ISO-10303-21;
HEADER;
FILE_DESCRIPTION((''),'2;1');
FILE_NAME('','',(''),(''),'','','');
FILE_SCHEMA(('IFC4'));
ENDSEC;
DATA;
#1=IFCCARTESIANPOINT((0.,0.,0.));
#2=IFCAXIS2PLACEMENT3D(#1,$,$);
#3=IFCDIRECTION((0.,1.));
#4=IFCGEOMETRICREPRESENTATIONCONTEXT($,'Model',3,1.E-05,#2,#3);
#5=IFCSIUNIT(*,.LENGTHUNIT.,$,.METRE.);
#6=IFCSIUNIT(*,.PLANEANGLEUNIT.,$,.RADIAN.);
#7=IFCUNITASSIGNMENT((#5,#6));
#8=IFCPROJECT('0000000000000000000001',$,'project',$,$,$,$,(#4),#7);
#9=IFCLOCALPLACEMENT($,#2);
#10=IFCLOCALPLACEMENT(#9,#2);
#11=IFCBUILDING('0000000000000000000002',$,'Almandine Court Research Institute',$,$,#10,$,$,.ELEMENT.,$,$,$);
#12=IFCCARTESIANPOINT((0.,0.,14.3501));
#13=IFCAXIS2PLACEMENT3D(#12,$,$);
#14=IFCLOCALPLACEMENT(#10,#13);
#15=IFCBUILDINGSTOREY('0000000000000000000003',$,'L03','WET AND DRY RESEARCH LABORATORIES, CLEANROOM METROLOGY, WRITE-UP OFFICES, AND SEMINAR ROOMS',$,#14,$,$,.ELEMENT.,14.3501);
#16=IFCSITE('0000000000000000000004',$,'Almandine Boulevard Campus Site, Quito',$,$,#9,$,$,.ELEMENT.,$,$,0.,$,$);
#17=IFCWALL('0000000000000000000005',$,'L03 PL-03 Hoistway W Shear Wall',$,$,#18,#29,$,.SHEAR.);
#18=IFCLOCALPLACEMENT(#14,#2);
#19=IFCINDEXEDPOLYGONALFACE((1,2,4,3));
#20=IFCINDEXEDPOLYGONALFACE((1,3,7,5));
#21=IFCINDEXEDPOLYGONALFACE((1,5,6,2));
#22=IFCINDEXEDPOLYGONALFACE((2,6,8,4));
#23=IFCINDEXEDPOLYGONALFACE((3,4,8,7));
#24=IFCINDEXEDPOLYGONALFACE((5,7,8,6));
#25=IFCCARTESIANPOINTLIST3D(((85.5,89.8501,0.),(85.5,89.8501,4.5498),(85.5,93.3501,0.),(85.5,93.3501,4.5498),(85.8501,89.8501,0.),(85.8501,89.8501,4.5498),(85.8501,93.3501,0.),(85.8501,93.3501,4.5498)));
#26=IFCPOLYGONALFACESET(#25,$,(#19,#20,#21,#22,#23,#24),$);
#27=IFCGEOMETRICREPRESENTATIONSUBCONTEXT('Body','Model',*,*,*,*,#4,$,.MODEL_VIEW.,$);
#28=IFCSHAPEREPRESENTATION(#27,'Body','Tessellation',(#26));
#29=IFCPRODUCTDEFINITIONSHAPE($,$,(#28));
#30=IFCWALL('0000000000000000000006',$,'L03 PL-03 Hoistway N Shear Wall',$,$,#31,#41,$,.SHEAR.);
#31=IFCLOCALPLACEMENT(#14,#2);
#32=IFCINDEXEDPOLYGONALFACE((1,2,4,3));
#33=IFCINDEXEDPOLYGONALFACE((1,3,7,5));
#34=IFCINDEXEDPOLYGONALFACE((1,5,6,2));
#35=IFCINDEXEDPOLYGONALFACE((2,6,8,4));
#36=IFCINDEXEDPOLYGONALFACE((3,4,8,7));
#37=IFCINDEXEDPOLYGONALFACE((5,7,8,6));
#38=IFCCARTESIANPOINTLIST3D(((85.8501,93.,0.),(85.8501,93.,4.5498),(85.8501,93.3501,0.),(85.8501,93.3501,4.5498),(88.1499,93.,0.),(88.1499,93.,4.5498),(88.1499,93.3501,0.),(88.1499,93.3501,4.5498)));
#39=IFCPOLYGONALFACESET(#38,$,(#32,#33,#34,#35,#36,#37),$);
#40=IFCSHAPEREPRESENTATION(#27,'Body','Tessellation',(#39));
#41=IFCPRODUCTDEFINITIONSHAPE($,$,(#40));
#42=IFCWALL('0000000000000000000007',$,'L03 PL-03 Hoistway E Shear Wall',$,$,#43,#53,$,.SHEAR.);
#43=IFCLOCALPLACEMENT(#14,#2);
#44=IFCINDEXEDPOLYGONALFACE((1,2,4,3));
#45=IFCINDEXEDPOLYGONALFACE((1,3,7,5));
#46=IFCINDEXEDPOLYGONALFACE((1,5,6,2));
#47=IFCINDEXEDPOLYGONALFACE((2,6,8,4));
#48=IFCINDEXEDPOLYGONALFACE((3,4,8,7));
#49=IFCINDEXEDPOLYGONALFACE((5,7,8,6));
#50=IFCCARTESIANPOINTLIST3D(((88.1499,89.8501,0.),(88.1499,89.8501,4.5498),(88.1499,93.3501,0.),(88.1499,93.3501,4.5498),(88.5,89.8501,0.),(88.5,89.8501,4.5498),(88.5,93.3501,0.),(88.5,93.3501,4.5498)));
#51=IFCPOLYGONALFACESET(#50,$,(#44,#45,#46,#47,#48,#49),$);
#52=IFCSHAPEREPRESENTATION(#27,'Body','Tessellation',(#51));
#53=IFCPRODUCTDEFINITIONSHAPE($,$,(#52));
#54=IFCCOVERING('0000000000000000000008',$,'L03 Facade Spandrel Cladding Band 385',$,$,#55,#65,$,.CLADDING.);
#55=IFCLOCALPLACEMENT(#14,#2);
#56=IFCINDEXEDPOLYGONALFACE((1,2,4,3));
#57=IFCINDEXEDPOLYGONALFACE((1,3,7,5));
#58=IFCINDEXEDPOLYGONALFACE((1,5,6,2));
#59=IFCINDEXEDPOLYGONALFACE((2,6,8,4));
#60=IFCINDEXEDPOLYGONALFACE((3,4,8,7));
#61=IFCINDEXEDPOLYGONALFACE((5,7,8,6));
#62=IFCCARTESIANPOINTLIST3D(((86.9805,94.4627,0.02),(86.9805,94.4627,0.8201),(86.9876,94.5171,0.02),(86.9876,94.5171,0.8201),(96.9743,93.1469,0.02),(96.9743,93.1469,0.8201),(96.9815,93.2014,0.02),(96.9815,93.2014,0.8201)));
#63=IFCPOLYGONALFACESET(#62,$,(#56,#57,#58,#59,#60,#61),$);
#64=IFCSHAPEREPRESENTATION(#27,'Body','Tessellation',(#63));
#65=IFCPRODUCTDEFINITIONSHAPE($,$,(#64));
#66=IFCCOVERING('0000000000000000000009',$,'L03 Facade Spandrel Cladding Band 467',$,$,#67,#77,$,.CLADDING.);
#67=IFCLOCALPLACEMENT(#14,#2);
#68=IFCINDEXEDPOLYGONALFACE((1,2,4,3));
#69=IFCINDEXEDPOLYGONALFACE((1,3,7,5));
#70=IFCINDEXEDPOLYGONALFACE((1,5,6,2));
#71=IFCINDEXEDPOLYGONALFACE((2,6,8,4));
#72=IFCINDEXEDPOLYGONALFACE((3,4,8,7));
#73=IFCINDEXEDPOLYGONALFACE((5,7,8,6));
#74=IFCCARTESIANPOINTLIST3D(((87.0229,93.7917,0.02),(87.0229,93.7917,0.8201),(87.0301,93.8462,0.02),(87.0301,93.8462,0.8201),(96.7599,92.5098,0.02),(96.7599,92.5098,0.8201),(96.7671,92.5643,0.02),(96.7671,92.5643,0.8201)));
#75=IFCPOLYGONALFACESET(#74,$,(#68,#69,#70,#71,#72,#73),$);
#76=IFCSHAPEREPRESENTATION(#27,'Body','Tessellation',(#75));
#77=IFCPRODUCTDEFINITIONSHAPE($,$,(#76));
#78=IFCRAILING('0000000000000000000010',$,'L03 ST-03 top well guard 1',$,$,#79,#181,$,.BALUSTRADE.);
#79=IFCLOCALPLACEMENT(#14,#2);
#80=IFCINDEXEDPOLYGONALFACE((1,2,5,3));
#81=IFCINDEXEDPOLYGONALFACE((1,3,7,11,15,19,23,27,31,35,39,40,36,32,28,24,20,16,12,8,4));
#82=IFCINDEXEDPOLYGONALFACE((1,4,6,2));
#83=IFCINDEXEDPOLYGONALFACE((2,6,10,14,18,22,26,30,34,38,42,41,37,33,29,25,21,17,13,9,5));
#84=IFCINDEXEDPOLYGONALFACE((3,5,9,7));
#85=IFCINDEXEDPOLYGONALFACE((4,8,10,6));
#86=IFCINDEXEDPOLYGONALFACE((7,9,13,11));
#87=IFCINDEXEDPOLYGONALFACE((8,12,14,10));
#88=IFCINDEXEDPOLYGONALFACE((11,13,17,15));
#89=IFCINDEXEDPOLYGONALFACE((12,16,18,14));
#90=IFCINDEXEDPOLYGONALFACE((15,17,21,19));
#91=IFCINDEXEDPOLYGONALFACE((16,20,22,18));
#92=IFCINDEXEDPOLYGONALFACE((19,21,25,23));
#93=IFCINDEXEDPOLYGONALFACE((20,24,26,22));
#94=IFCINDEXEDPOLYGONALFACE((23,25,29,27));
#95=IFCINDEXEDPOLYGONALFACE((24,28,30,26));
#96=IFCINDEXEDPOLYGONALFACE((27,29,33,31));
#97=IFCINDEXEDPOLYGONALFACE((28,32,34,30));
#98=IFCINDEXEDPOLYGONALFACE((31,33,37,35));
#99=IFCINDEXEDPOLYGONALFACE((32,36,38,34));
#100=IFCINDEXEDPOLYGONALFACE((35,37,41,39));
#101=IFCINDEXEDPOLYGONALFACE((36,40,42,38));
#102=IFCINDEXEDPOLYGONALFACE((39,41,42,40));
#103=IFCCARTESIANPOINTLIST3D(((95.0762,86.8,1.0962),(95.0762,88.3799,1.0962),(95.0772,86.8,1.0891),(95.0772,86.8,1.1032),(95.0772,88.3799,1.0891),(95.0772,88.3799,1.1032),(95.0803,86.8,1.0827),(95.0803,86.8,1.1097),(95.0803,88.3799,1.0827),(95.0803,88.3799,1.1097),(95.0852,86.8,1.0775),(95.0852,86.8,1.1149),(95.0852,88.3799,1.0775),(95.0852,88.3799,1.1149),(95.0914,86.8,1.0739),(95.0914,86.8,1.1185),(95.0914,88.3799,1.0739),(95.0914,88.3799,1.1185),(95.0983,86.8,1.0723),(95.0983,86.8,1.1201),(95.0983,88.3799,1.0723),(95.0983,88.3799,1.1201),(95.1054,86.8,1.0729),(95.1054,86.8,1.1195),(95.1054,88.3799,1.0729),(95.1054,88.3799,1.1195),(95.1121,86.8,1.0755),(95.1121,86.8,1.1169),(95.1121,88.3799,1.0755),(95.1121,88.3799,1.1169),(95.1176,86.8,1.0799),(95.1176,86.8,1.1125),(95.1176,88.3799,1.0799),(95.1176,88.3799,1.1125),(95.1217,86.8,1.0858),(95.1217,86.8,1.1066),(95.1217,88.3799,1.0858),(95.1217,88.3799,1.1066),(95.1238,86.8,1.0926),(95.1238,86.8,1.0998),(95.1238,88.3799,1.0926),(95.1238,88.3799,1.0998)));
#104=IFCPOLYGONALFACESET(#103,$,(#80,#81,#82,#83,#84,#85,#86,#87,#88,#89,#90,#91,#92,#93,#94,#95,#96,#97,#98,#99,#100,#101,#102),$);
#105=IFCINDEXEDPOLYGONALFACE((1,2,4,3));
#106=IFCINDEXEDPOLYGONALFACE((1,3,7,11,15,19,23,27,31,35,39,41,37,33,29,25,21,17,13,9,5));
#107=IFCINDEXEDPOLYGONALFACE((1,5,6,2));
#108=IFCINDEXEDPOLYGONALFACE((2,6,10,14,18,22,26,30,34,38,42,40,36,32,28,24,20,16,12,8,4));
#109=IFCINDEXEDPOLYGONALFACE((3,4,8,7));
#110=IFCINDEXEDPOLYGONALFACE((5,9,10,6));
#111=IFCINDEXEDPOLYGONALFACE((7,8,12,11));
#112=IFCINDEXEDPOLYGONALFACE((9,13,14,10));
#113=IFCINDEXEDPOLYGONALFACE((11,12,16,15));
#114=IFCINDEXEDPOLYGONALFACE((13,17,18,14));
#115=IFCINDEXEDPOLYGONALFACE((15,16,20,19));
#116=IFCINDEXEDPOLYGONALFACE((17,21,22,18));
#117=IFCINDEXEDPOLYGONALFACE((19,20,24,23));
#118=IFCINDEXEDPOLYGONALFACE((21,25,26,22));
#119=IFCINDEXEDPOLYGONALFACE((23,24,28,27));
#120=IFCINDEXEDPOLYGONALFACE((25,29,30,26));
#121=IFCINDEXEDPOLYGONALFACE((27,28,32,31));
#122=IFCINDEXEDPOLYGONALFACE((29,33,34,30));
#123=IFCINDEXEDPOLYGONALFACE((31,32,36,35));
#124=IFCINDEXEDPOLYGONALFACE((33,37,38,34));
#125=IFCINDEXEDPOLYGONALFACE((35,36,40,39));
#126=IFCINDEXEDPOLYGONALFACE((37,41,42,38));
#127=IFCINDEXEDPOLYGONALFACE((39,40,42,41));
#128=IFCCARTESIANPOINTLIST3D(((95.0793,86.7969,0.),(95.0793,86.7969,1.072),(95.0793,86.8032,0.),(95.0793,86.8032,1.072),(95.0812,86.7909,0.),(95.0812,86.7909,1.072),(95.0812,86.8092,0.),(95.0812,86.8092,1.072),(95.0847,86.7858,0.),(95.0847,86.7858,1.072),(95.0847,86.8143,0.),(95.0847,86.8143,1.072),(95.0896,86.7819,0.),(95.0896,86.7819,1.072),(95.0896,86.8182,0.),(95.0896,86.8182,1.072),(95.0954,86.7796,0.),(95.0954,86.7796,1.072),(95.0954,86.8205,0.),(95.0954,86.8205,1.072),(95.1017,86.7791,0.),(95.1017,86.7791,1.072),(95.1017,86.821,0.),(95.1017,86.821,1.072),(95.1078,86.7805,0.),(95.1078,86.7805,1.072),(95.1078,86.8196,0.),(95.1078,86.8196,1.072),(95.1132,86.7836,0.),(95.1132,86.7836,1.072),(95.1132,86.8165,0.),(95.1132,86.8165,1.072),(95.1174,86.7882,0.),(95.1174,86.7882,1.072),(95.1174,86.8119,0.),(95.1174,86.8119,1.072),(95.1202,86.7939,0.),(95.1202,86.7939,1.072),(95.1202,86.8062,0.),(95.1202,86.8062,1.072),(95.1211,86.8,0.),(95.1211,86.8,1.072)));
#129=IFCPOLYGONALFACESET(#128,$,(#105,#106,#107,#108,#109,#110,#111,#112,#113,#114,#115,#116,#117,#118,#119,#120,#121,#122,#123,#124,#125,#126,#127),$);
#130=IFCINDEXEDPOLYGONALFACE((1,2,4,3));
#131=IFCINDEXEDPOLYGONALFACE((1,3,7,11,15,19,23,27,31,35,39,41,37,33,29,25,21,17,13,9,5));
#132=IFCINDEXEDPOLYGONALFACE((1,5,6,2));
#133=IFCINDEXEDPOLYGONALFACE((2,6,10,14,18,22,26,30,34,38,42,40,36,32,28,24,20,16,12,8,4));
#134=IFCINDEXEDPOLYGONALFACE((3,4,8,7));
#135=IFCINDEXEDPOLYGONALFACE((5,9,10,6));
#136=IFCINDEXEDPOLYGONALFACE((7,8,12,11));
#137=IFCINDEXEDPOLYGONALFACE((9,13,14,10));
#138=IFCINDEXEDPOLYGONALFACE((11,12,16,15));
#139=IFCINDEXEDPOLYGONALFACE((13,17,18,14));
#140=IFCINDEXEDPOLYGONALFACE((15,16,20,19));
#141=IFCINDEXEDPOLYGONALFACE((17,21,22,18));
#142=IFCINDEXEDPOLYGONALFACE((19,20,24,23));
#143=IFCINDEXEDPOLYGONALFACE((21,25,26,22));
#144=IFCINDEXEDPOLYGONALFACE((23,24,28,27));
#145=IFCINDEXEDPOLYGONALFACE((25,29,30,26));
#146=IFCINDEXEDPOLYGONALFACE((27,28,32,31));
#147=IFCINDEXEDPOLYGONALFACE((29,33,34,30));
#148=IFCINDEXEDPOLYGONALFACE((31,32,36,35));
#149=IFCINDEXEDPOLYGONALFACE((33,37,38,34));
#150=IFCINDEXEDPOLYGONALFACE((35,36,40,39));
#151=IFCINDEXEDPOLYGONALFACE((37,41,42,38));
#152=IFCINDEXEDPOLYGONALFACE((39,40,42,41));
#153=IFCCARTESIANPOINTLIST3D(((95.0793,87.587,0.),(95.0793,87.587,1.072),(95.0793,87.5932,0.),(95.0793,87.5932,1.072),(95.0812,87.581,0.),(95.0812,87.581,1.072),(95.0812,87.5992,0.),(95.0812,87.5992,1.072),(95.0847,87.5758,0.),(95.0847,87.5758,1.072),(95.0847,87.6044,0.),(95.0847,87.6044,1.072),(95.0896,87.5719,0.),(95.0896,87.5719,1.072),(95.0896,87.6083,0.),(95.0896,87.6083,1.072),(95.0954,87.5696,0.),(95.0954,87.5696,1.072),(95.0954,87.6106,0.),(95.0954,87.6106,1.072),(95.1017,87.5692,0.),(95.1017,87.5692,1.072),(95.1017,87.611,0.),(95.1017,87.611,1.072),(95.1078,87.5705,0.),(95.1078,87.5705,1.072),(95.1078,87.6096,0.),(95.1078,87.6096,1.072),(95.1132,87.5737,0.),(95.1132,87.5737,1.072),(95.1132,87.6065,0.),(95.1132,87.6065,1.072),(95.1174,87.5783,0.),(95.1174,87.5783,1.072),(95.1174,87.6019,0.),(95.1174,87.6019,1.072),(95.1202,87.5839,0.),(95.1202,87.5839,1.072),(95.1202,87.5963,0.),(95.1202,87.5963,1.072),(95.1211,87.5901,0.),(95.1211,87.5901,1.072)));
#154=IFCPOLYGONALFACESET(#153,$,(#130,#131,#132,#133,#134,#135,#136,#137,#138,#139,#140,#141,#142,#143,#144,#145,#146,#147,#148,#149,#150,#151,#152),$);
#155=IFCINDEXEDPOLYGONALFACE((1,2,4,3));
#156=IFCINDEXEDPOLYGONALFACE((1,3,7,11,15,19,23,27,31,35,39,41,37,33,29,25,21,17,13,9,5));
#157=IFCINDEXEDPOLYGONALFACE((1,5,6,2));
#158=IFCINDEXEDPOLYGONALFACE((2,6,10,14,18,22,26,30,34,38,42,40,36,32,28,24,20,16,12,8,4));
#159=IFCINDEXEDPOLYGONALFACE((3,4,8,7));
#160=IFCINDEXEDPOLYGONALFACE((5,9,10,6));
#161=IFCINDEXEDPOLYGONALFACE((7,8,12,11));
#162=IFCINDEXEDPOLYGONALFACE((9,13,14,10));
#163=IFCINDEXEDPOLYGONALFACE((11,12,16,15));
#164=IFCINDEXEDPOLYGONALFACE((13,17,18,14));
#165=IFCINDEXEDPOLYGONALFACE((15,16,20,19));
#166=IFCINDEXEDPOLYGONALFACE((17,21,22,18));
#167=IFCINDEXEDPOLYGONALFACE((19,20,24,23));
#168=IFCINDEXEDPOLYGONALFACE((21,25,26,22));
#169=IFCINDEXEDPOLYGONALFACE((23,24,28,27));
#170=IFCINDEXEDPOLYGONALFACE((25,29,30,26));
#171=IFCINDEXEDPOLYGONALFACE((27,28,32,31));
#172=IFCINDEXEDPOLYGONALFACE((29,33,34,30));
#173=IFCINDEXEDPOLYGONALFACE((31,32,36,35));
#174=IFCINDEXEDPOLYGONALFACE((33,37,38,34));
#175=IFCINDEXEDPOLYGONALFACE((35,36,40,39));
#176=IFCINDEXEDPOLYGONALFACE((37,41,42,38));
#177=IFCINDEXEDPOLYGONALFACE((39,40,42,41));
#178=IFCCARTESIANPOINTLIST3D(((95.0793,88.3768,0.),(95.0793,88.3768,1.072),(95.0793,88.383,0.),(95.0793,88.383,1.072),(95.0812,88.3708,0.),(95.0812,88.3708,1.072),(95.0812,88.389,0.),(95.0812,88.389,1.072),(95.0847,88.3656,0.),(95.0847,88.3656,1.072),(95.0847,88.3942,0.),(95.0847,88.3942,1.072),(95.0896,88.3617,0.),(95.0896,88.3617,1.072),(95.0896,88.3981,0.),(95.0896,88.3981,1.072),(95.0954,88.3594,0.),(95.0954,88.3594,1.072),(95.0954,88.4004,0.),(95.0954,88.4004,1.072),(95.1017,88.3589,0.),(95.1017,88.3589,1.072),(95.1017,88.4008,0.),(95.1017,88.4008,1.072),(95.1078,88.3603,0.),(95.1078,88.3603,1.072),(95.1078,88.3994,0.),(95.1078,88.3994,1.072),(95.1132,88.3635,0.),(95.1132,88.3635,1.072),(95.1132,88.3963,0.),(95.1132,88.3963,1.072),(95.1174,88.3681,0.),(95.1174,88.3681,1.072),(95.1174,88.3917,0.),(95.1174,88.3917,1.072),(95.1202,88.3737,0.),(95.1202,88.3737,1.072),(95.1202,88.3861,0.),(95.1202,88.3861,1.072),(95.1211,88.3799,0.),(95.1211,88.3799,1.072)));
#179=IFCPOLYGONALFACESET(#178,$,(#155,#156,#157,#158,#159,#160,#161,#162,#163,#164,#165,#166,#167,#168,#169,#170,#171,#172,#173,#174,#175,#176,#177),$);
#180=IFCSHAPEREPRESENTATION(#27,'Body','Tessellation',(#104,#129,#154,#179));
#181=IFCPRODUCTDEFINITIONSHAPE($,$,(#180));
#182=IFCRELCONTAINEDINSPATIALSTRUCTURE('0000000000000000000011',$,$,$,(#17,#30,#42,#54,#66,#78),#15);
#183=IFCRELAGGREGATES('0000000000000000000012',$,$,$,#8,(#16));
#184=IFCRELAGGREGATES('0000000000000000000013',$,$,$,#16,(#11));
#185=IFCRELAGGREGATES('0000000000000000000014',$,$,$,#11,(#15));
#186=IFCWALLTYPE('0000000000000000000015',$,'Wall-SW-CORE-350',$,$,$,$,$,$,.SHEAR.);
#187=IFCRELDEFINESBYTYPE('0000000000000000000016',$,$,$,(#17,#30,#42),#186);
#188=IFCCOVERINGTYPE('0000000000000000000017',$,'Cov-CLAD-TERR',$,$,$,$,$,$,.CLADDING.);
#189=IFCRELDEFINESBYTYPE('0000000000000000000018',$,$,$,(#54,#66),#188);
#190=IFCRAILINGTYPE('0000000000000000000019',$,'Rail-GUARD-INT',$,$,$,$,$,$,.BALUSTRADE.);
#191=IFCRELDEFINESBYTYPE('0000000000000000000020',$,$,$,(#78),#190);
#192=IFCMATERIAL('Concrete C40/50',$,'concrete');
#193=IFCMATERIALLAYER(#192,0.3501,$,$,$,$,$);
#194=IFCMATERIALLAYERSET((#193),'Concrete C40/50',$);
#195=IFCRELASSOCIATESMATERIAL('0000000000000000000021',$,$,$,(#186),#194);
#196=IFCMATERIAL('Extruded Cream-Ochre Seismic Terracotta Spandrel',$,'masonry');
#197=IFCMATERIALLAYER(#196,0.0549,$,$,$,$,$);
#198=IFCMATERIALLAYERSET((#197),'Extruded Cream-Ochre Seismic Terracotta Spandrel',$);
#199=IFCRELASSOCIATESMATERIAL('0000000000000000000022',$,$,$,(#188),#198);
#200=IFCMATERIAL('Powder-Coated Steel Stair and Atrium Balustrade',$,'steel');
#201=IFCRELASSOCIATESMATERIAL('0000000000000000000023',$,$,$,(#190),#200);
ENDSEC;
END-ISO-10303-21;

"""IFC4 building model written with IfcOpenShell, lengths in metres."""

from ifc_helpers import new_model, si_unit, direction, frame, frame_2d, origin, origin_2d, place, context, subcontext, project, spatial, rectangle, circle, extrude, material, layer, layer_set, type_object, element, save


model = new_model("IFC4")

# Units and contexts
model_context = context("Model", 3, precision=1e-05, world=origin(), true_north=direction((0.0, 1.0)))
body_context = subcontext(model_context, "Body", "Model", "MODEL_VIEW")
ifc_project = project(units=[si_unit("LENGTHUNIT", "METRE"), si_unit("PLANEANGLEUNIT", "RADIAN")], contexts=[model_context])

# Site, building, storey
site_placement = place(None, origin())
site = spatial("IfcSite", under=ifc_project, at=site_placement, Name="Almandine Boulevard Campus Site, Quito", CompositionType="ELEMENT", RefElevation=0.0)
building_placement = place(site_placement, origin())
building = spatial("IfcBuilding", under=site, at=building_placement, Name="Almandine Court Research Institute", CompositionType="ELEMENT")
storey_placement = place(building_placement, frame((0.0, 0.0, 14.3501)))
storey = spatial("IfcBuildingStorey", under=building, at=storey_placement, Name="L03", Description="WET AND DRY RESEARCH LABORATORIES, CLEANROOM METROLOGY, WRITE-UP OFFICES, AND SEMINAR ROOMS", CompositionType="ELEMENT", Elevation=14.3501)

# Walls
ifc_material_1 = material(Name="Concrete C40/50", Category="concrete")
ifc_layer_1 = layer(ifc_material_1, 0.3501)
ifc_layer_set_1 = layer_set([ifc_layer_1], Name="Concrete C40/50")
wall_type_1 = type_object("IfcWallType", Name="Wall-SW-CORE-350", PredefinedType="SHEAR", material=ifc_layer_set_1)
wall_1_placement = place(storey_placement, frame((85.675, 89.8501, 0.0), z_axis=(0.0, 0.0, 1.0), x_axis=(0.0, 1.0, 0.0)))
element("IfcWall", 1, at=wall_1_placement, inside=storey, type_object=wall_type_1, Name="L03 PL-03 Hoistway W Shear Wall", PredefinedType="SHEAR", context=body_context, shape_type="SweptSolid", body=[
    extrude(rectangle(XDim=3.5, YDim=0.3501, at=frame_2d((1.75, 0.0))), origin(), (0.0, 0.0, 1.0), 4.5498),
])
wall_2_placement = place(storey_placement, frame((85.8501, 93.175, 0.0), z_axis=(0.0, 0.0, 1.0), x_axis=(1.0, 0.0, 0.0)))
element("IfcWall", 2, at=wall_2_placement, inside=storey, type_object=wall_type_1, Name="L03 PL-03 Hoistway N Shear Wall", PredefinedType="SHEAR", context=body_context, shape_type="SweptSolid", body=[
    extrude(rectangle(XDim=2.2998, YDim=0.3501, at=frame_2d((1.1499, 0.0))), origin(), (0.0, 0.0, 1.0), 4.5498),
])
wall_3_placement = place(storey_placement, frame((88.325, 93.3501, 0.0), z_axis=(0.0, 0.0, 1.0), x_axis=(0.0, -1.0, 0.0)))
element("IfcWall", 3, at=wall_3_placement, inside=storey, type_object=wall_type_1, Name="L03 PL-03 Hoistway E Shear Wall", PredefinedType="SHEAR", context=body_context, shape_type="SweptSolid", body=[
    extrude(rectangle(XDim=3.5, YDim=0.3501, at=frame_2d((1.75, 0.0))), origin(), (0.0, 0.0, 1.0), 4.5498),
])

# Coverings
ifc_material_2 = material(Name="Extruded Cream-Ochre Seismic Terracotta Spandrel", Category="masonry")
ifc_layer_2 = layer(ifc_material_2, 0.0549)
ifc_layer_set_2 = layer_set([ifc_layer_2], Name="Extruded Cream-Ochre Seismic Terracotta Spandrel")
covering_type = type_object("IfcCoveringType", Name="Cov-CLAD-TERR", PredefinedType="CLADDING", material=ifc_layer_set_2)
covering_1_placement = place(storey_placement, frame((91.981, 93.832, 0.02), z_axis=(0.0, 0.0, 1.0), x_axis=(-0.991445, 0.130526, 0.0)))
element("IfcCovering", 4, at=covering_1_placement, inside=storey, type_object=covering_type, Name="L03 Facade Spandrel Cladding Band 385", PredefinedType="CLADDING", context=body_context, shape_type="SweptSolid", body=[
    extrude(rectangle(XDim=10.0801, YDim=0.0549, at=origin_2d()), origin(), (0.0, 0.0, 1.0), 0.8),
])
covering_2_placement = place(storey_placement, frame((91.895, 93.178, 0.02), z_axis=(0.0, 0.0, 1.0), x_axis=(0.991445, -0.130526, 0.0)))
element("IfcCovering", 5, at=covering_2_placement, inside=storey, type_object=covering_type, Name="L03 Facade Spandrel Cladding Band 467", PredefinedType="CLADDING", context=body_context, shape_type="SweptSolid", body=[
    extrude(rectangle(XDim=9.821, YDim=0.0549, at=origin_2d()), origin(), (0.0, 0.0, 1.0), 0.8),
])

# Railing
ifc_material_3 = material(Name="Powder-Coated Steel Stair and Atrium Balustrade", Category="steel")
railing_type = type_object("IfcRailingType", Name="Rail-GUARD-INT", PredefinedType="BALUSTRADE", material=ifc_material_3)
railing_1_placement = place(storey_placement, frame((95.1001, 86.8, 0.0)))
element("IfcRailing", 6, at=railing_1_placement, inside=storey, type_object=railing_type, Name="L03 ST-03 top well guard 1", PredefinedType="BALUSTRADE", context=body_context, shape_type="SweptSolid", body=[
    extrude(circle(Radius=0.0239, at=origin_2d()), frame((0.0, 0.0, 1.0962), z_axis=(0.0, 1.0, 0.0), x_axis=(-1.0, 0.0, 0.0)), (0.0, 0.0, 1.0), 1.5798),
    extrude(circle(Radius=0.021, at=origin_2d()), origin(), (0.0, 0.0, 1.0), 1.072),
    extrude(circle(Radius=0.021, at=origin_2d()), frame((0.0, 0.79, 0.0)), (0.0, 0.0, 1.0), 1.072),
    extrude(circle(Radius=0.021, at=origin_2d()), frame((0.0, 1.5798, 0.0)), (0.0, 0.0, 1.0), 1.072),
])

save(model, "model.ifc")
